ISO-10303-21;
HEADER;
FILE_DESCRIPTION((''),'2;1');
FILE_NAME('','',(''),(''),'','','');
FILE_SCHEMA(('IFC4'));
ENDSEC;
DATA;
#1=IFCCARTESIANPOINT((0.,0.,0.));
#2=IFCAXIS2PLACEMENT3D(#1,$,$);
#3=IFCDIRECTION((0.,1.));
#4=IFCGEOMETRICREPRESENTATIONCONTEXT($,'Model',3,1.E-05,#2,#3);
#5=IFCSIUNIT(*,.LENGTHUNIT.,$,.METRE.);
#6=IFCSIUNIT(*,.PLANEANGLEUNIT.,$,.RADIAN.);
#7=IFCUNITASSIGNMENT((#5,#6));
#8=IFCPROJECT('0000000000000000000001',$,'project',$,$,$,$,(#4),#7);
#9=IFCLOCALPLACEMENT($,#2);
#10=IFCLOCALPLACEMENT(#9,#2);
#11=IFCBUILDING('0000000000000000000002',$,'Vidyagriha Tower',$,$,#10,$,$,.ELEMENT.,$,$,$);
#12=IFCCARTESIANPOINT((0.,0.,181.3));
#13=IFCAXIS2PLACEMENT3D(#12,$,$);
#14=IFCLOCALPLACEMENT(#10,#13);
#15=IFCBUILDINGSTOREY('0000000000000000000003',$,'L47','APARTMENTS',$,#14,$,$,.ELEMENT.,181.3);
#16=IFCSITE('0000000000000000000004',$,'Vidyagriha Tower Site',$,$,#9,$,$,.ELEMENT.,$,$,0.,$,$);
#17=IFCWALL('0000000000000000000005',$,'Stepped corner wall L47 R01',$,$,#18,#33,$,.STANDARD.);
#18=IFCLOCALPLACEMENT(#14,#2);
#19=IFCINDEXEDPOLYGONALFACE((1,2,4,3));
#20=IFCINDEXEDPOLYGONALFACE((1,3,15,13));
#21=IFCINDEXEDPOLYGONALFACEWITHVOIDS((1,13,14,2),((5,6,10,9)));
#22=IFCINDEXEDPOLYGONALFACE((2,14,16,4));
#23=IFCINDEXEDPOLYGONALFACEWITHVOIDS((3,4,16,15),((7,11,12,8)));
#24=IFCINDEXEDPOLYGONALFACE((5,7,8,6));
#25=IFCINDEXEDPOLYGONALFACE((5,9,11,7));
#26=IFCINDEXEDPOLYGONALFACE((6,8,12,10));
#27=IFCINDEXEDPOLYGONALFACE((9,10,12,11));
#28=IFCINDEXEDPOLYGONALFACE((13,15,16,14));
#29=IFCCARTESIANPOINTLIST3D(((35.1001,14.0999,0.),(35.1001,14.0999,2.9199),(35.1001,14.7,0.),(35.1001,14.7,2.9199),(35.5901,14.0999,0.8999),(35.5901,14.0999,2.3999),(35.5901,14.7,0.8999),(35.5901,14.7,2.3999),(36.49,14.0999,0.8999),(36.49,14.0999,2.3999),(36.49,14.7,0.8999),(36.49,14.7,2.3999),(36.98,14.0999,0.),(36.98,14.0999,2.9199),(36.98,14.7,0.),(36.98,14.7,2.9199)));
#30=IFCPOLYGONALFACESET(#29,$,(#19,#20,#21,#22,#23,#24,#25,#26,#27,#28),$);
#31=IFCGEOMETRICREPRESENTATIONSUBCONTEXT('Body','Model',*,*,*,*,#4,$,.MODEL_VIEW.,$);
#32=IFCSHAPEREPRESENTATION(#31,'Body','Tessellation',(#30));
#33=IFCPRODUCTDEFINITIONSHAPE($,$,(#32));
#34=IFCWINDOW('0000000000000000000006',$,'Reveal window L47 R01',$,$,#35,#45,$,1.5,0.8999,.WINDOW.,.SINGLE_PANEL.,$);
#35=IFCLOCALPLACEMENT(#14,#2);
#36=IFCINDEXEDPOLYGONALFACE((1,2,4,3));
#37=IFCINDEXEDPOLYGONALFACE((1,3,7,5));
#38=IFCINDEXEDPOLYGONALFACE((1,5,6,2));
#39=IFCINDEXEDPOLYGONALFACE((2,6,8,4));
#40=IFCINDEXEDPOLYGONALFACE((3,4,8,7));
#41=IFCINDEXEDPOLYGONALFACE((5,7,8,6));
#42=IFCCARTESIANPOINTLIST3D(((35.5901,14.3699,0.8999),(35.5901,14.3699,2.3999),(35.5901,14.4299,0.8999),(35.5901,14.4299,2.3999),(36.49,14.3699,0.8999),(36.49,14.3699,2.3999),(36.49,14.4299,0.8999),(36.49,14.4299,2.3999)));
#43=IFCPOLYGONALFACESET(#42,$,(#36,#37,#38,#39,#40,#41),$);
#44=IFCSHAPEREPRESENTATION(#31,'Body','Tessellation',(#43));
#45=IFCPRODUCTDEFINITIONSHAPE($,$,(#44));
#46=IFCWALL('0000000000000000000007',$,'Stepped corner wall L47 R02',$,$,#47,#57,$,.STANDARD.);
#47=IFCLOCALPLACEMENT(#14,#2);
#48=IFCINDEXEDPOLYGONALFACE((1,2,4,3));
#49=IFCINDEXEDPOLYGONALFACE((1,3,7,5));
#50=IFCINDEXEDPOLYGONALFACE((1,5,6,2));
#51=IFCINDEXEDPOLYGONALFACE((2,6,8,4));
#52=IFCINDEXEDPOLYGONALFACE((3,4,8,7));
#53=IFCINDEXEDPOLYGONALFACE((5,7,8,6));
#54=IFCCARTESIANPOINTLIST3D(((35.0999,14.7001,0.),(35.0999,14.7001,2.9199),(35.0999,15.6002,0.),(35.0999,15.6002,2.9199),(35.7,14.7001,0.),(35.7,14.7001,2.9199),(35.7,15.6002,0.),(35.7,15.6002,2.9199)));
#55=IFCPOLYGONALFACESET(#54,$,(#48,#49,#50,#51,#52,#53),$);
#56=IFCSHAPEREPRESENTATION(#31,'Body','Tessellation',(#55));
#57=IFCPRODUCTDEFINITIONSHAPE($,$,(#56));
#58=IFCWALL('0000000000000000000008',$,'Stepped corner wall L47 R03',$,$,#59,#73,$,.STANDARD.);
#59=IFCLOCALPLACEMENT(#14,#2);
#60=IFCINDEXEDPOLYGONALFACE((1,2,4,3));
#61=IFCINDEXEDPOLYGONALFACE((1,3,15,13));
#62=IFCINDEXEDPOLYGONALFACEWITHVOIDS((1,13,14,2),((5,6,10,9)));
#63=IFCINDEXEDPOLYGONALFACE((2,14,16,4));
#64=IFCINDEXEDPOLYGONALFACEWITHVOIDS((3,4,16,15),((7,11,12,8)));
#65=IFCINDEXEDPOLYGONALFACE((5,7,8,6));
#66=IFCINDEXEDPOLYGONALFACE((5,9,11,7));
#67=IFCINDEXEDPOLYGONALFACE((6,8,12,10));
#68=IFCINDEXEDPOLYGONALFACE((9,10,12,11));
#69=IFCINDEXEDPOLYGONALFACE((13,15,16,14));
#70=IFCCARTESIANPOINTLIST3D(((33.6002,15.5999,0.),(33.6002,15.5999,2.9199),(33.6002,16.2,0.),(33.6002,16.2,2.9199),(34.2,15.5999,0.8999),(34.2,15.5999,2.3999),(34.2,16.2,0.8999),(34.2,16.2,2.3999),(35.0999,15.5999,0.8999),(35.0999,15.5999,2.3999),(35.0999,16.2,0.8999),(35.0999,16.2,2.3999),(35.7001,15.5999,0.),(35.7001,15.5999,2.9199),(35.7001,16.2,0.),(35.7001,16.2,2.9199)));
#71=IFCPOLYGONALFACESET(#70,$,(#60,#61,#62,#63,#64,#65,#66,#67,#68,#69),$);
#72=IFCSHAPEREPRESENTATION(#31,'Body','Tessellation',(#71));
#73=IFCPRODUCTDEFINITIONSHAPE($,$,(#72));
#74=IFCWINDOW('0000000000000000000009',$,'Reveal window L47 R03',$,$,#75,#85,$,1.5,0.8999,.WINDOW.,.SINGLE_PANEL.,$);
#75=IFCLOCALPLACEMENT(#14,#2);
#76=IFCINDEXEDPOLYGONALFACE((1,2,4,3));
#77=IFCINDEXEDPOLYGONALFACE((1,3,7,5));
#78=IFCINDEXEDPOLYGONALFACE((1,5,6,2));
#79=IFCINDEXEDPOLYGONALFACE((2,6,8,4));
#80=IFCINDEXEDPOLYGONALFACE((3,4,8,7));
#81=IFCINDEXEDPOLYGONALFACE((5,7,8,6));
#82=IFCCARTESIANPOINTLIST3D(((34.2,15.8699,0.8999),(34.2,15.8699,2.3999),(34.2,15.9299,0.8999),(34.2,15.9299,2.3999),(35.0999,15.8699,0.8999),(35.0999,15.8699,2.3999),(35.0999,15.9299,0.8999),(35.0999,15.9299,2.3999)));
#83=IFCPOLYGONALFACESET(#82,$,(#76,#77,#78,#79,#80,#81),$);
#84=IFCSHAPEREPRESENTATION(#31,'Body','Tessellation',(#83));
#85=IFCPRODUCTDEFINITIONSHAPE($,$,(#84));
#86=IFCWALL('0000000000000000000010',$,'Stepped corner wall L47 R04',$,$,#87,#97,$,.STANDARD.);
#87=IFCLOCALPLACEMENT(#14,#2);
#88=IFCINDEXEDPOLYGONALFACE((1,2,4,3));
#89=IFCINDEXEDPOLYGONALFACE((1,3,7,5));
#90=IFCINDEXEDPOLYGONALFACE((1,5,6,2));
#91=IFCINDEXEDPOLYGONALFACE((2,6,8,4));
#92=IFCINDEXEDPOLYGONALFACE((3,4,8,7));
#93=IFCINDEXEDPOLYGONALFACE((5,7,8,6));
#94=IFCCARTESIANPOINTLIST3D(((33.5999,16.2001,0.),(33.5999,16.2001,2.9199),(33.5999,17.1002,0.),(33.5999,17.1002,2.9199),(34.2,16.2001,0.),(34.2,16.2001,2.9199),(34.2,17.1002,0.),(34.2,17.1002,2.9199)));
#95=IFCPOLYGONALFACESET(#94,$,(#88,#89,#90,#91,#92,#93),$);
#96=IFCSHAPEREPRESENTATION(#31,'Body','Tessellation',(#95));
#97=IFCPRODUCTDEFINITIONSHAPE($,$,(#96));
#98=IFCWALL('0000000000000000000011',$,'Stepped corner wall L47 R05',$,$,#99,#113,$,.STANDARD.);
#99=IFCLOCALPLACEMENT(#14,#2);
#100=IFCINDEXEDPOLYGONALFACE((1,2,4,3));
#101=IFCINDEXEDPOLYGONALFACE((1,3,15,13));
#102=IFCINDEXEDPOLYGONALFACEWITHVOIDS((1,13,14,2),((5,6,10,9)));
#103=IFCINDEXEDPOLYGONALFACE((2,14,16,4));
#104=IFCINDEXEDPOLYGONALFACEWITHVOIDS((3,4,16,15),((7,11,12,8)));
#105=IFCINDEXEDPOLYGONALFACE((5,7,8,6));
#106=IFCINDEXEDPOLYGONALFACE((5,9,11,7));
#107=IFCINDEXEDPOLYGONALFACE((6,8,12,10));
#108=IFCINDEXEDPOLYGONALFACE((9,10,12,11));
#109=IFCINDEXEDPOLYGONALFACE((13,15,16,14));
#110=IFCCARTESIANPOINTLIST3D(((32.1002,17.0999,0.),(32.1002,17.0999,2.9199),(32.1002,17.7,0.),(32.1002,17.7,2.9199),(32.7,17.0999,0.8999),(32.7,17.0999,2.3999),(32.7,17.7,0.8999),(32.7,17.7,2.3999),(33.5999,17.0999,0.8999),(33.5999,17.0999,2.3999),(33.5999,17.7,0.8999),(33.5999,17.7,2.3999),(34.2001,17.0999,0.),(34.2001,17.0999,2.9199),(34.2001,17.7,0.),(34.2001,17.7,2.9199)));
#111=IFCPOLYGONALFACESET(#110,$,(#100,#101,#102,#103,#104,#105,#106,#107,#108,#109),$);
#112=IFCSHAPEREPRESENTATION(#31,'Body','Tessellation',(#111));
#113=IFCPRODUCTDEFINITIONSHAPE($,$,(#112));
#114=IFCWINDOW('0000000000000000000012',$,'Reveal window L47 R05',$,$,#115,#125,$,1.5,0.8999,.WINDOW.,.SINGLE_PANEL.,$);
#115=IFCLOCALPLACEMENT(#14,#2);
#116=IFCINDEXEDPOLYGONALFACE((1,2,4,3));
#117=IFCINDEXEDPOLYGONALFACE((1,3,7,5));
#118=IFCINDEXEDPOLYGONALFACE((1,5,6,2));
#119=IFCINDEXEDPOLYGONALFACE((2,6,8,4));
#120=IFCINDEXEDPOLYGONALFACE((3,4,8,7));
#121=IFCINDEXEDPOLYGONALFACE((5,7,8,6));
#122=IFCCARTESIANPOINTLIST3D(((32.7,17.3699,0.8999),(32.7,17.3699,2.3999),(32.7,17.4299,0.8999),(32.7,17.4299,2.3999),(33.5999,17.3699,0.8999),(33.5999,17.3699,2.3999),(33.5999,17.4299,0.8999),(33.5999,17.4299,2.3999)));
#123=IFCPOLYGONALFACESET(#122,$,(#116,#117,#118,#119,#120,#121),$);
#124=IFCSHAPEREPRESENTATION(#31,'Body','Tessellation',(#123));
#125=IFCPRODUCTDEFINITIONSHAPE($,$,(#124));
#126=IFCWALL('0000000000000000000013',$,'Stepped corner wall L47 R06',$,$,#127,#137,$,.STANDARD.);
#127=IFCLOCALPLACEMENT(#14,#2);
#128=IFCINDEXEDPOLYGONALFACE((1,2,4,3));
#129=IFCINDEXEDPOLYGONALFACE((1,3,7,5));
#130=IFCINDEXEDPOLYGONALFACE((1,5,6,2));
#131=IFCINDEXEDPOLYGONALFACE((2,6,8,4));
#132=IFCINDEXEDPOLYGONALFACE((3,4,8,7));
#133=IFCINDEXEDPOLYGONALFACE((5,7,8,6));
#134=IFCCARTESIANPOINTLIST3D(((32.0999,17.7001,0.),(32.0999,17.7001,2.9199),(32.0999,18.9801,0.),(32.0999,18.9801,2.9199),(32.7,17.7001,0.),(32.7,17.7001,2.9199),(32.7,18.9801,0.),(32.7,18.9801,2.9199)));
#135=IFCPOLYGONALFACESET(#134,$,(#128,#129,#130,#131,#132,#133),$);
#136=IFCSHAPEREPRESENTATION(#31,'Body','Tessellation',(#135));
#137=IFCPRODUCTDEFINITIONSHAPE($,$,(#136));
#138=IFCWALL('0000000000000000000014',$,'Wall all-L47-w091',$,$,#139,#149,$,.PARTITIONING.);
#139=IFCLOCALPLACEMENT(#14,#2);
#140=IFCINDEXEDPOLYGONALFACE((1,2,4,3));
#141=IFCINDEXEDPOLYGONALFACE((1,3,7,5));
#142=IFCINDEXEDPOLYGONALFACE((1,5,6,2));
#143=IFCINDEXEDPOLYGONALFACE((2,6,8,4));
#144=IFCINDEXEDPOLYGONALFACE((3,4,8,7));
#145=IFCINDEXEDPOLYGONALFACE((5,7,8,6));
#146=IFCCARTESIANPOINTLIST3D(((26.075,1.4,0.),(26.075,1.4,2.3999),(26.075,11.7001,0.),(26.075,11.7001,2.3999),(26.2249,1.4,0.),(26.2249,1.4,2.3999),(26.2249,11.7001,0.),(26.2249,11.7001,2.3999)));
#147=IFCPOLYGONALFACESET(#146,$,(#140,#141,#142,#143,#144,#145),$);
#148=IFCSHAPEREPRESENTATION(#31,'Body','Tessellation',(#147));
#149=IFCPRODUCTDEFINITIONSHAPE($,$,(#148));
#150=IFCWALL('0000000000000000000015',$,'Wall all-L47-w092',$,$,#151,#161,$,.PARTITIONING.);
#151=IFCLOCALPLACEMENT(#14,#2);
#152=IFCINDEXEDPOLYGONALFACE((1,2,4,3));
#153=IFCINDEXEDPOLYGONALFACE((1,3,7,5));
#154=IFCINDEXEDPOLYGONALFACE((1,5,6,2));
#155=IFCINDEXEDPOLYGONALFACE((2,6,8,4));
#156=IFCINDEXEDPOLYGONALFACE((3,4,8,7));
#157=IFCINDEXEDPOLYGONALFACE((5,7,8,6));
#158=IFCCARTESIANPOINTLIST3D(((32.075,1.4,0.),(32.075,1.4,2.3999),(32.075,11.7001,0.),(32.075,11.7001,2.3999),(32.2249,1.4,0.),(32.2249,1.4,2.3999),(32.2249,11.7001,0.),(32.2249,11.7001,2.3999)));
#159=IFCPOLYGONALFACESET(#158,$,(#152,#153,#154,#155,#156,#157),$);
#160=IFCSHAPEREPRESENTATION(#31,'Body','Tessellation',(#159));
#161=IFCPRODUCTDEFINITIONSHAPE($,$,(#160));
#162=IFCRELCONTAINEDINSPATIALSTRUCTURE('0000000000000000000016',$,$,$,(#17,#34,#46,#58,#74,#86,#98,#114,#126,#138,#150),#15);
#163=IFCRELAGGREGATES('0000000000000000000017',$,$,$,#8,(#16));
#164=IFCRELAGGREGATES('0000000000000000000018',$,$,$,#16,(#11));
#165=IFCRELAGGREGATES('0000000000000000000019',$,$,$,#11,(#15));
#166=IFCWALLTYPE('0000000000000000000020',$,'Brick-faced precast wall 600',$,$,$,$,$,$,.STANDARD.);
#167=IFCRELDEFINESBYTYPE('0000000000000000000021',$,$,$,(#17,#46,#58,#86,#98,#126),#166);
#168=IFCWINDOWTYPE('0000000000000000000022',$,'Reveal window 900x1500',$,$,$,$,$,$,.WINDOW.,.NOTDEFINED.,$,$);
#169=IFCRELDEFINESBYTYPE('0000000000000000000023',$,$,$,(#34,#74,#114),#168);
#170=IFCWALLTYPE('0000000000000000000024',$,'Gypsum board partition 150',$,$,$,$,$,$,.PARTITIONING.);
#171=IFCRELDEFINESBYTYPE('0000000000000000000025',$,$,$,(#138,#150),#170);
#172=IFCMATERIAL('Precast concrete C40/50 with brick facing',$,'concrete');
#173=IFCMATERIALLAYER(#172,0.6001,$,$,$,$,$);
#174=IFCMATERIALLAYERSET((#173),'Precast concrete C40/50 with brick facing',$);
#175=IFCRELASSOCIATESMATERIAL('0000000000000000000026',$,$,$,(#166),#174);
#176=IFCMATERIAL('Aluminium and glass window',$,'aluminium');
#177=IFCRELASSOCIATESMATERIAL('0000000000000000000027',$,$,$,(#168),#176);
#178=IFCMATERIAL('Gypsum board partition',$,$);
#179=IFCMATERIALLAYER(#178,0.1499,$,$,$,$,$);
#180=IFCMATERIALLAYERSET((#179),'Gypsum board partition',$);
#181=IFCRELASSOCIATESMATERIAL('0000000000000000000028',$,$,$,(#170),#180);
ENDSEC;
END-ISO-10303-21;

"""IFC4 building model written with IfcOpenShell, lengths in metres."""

from ifc_helpers import new_model, si_unit, direction, frame, frame_2d, origin, place, context, subcontext, project, spatial, rectangle, extrude, material, layer, layer_set, type_object, element, fill, save


model = new_model("IFC4")

# Units and contexts
model_context = context("Model", 3, precision=1e-05, world=origin(), true_north=direction((0.0, 1.0)))
body_context = subcontext(model_context, "Body", "Model", "MODEL_VIEW")
ifc_project = project(units=[si_unit("LENGTHUNIT", "METRE"), si_unit("PLANEANGLEUNIT", "RADIAN")], contexts=[model_context])

# Site, building, storey
site_placement = place(None, origin())
site = spatial("IfcSite", under=ifc_project, at=site_placement, Name="Vidyagriha Tower Site", CompositionType="ELEMENT", RefElevation=0.0)
building_placement = place(site_placement, origin())
building = spatial("IfcBuilding", under=site, at=building_placement, Name="Vidyagriha Tower", CompositionType="ELEMENT")
storey_placement = place(building_placement, frame((0.0, 0.0, 181.3)))
storey = spatial("IfcBuildingStorey", under=building, at=storey_placement, Name="L47", Description="APARTMENTS", CompositionType="ELEMENT", Elevation=181.3)

# Wall, opening, window
ifc_material_1 = material(Name="Precast concrete C40/50 with brick facing", Category="concrete")
ifc_layer_1 = layer(ifc_material_1, 0.6001)
ifc_layer_set_1 = layer_set([ifc_layer_1], Name="Precast concrete C40/50 with brick facing")
wall_type_1 = type_object("IfcWallType", Name="Brick-faced precast wall 600", PredefinedType="STANDARD", material=ifc_layer_set_1)
wall_1_placement = place(storey_placement, frame((36.98, 14.3999, 0.0), z_axis=(0.0, 0.0, 1.0), x_axis=(-1.0, 0.0, 0.0)))
wall_1 = element("IfcWall", 1, at=wall_1_placement, inside=storey, type_object=wall_type_1, Name="Stepped corner wall L47 R01", PredefinedType="STANDARD", context=body_context, shape_type="SweptSolid", body=[
    extrude(rectangle(XDim=1.8799, YDim=0.6001, at=frame_2d((0.9399, 0.0))), origin(), (0.0, 0.0, 1.0), 2.9199),
])
opening_1_placement = place(wall_1_placement, frame((0.49, 0.0, 0.8999)))
opening_1 = element("IfcOpeningElement", 2, at=opening_1_placement, cuts=wall_1, PredefinedType="OPENING", context=body_context, shape_type="SweptSolid", body=[
    extrude(rectangle(XDim=0.8999, YDim=1.5, at=frame_2d((0.45, 0.75))), frame((0.0, 0.3101, 0.0), z_axis=(0.0, -1.0, 0.0), x_axis=(1.0, 0.0, 0.0)), (0.0, 0.0, 1.0), 0.6201),
])
ifc_material_2 = material(Name="Aluminium and glass window", Category="aluminium")
window_type = type_object("IfcWindowType", Name="Reveal window 900x1500", PartitioningType="NOTDEFINED", PredefinedType="WINDOW", material=ifc_material_2)
window_1_placement = place(opening_1_placement, origin())
window_1 = element("IfcWindow", 3, at=window_1_placement, inside=storey, type_object=window_type, Name="Reveal window L47 R01", OverallHeight=1.5, OverallWidth=0.8999, PartitioningType="SINGLE_PANEL", PredefinedType="WINDOW", context=body_context, shape_type="SweptSolid", body=[
    extrude(rectangle(XDim=0.8999, YDim=1.5, at=frame_2d((0.45, 0.75))), frame((0.0, 0.03, 0.0), z_axis=(0.0, -1.0, 0.0), x_axis=(1.0, 0.0, 0.0)), (0.0, 0.0, 1.0), 0.0601),
])
fill(opening_1, window_1)

# Wall
wall_2_placement = place(storey_placement, frame((35.3999, 14.7, 0.0), z_axis=(0.0, 0.0, 1.0), x_axis=(0.0, 1.0, 0.0)))
element("IfcWall", 4, at=wall_2_placement, inside=storey, type_object=wall_type_1, Name="Stepped corner wall L47 R02", PredefinedType="STANDARD", context=body_context, shape_type="SweptSolid", body=[
    extrude(rectangle(XDim=0.9001, YDim=0.6001, at=frame_2d((0.4502, 0.0))), origin(), (0.0, 0.0, 1.0), 2.9199),
])

# Wall, opening, window
wall_3_placement = place(storey_placement, frame((35.7, 15.8999, 0.0), z_axis=(0.0, 0.0, 1.0), x_axis=(-1.0, 0.0, 0.0)))
wall_3 = element("IfcWall", 5, at=wall_3_placement, inside=storey, type_object=wall_type_1, Name="Stepped corner wall L47 R03", PredefinedType="STANDARD", context=body_context, shape_type="SweptSolid", body=[
    extrude(rectangle(XDim=2.0999, YDim=0.6001, at=frame_2d((1.0498, 0.0))), origin(), (0.0, 0.0, 1.0), 2.9199),
])
opening_2_placement = place(wall_3_placement, frame((0.6001, 0.0, 0.8999)))
opening_2 = element("IfcOpeningElement", 6, at=opening_2_placement, cuts=wall_3, PredefinedType="OPENING", context=body_context, shape_type="SweptSolid", body=[
    extrude(rectangle(XDim=0.8999, YDim=1.5, at=frame_2d((0.45, 0.75))), frame((0.0, 0.3101, 0.0), z_axis=(0.0, -1.0, 0.0), x_axis=(1.0, 0.0, 0.0)), (0.0, 0.0, 1.0), 0.6201),
])
window_2_placement = place(opening_2_placement, origin())
window_2 = element("IfcWindow", 7, at=window_2_placement, inside=storey, type_object=window_type, Name="Reveal window L47 R03", OverallHeight=1.5, OverallWidth=0.8999, PartitioningType="SINGLE_PANEL", PredefinedType="WINDOW", context=body_context, shape_type="SweptSolid", body=[
    extrude(rectangle(XDim=0.8999, YDim=1.5, at=frame_2d((0.45, 0.75))), frame((0.0, 0.03, 0.0), z_axis=(0.0, -1.0, 0.0), x_axis=(1.0, 0.0, 0.0)), (0.0, 0.0, 1.0), 0.0601),
])
fill(opening_2, window_2)

# Wall
wall_4_placement = place(storey_placement, frame((33.8999, 16.2, 0.0), z_axis=(0.0, 0.0, 1.0), x_axis=(0.0, 1.0, 0.0)))
element("IfcWall", 8, at=wall_4_placement, inside=storey, type_object=wall_type_1, Name="Stepped corner wall L47 R04", PredefinedType="STANDARD", context=body_context, shape_type="SweptSolid", body=[
    extrude(rectangle(XDim=0.9001, YDim=0.6001, at=frame_2d((0.4502, 0.0))), origin(), (0.0, 0.0, 1.0), 2.9199),
])

# Wall, opening, window
wall_5_placement = place(storey_placement, frame((34.2, 17.3999, 0.0), z_axis=(0.0, 0.0, 1.0), x_axis=(-1.0, 0.0, 0.0)))
wall_5 = element("IfcWall", 9, at=wall_5_placement, inside=storey, type_object=wall_type_1, Name="Stepped corner wall L47 R05", PredefinedType="STANDARD", context=body_context, shape_type="SweptSolid", body=[
    extrude(rectangle(XDim=2.0999, YDim=0.6001, at=frame_2d((1.0498, 0.0))), origin(), (0.0, 0.0, 1.0), 2.9199),
])
opening_3_placement = place(wall_5_placement, frame((0.6001, 0.0, 0.8999)))
opening_3 = element("IfcOpeningElement", 10, at=opening_3_placement, cuts=wall_5, PredefinedType="OPENING", context=body_context, shape_type="SweptSolid", body=[
    extrude(rectangle(XDim=0.8999, YDim=1.5, at=frame_2d((0.45, 0.75))), frame((0.0, 0.3101, 0.0), z_axis=(0.0, -1.0, 0.0), x_axis=(1.0, 0.0, 0.0)), (0.0, 0.0, 1.0), 0.6201),
])
window_3_placement = place(opening_3_placement, origin())
window_3 = element("IfcWindow", 11, at=window_3_placement, inside=storey, type_object=window_type, Name="Reveal window L47 R05", OverallHeight=1.5, OverallWidth=0.8999, PartitioningType="SINGLE_PANEL", PredefinedType="WINDOW", context=body_context, shape_type="SweptSolid", body=[
    extrude(rectangle(XDim=0.8999, YDim=1.5, at=frame_2d((0.45, 0.75))), frame((0.0, 0.03, 0.0), z_axis=(0.0, -1.0, 0.0), x_axis=(1.0, 0.0, 0.0)), (0.0, 0.0, 1.0), 0.0601),
])
fill(opening_3, window_3)

# Walls
wall_6_placement = place(storey_placement, frame((32.3999, 17.7, 0.0), z_axis=(0.0, 0.0, 1.0), x_axis=(0.0, 1.0, 0.0)))
element("IfcWall", 12, at=wall_6_placement, inside=storey, type_object=wall_type_1, Name="Stepped corner wall L47 R06", PredefinedType="STANDARD", context=body_context, shape_type="SweptSolid", body=[
    extrude(rectangle(XDim=1.28, YDim=0.6001, at=frame_2d((0.6401, 0.0))), origin(), (0.0, 0.0, 1.0), 2.9199),
])
ifc_material_3 = material(Name="Gypsum board partition")
ifc_layer_2 = layer(ifc_material_3, 0.1499)
ifc_layer_set_2 = layer_set([ifc_layer_2], Name="Gypsum board partition")
wall_type_2 = type_object("IfcWallType", Name="Gypsum board partition 150", PredefinedType="PARTITIONING", material=ifc_layer_set_2)
for number, where, z_axis, x_axis, name in (
    (13, (26.1499, 11.7, 0.0), (0.0, 0.0, 1.0), (0.0, -1.0, 0.0), "Wall all-L47-w091"),
    (14, (32.1499, 11.7, 0.0), (0.0, 0.0, 1.0), (0.0, -1.0, 0.0), "Wall all-L47-w092"),
):
    element("IfcWall", number, at=place(storey_placement, frame(where, z_axis=z_axis, x_axis=x_axis)), inside=storey, type_object=wall_type_2, Name=name, PredefinedType="PARTITIONING", context=body_context, shape_type="SweptSolid", body=[
        extrude(rectangle(XDim=10.3, YDim=0.1499, at=frame_2d((5.1499, 0.0))), origin(), (0.0, 0.0, 1.0), 2.3999),
    ])

save(model, "model.ifc")
